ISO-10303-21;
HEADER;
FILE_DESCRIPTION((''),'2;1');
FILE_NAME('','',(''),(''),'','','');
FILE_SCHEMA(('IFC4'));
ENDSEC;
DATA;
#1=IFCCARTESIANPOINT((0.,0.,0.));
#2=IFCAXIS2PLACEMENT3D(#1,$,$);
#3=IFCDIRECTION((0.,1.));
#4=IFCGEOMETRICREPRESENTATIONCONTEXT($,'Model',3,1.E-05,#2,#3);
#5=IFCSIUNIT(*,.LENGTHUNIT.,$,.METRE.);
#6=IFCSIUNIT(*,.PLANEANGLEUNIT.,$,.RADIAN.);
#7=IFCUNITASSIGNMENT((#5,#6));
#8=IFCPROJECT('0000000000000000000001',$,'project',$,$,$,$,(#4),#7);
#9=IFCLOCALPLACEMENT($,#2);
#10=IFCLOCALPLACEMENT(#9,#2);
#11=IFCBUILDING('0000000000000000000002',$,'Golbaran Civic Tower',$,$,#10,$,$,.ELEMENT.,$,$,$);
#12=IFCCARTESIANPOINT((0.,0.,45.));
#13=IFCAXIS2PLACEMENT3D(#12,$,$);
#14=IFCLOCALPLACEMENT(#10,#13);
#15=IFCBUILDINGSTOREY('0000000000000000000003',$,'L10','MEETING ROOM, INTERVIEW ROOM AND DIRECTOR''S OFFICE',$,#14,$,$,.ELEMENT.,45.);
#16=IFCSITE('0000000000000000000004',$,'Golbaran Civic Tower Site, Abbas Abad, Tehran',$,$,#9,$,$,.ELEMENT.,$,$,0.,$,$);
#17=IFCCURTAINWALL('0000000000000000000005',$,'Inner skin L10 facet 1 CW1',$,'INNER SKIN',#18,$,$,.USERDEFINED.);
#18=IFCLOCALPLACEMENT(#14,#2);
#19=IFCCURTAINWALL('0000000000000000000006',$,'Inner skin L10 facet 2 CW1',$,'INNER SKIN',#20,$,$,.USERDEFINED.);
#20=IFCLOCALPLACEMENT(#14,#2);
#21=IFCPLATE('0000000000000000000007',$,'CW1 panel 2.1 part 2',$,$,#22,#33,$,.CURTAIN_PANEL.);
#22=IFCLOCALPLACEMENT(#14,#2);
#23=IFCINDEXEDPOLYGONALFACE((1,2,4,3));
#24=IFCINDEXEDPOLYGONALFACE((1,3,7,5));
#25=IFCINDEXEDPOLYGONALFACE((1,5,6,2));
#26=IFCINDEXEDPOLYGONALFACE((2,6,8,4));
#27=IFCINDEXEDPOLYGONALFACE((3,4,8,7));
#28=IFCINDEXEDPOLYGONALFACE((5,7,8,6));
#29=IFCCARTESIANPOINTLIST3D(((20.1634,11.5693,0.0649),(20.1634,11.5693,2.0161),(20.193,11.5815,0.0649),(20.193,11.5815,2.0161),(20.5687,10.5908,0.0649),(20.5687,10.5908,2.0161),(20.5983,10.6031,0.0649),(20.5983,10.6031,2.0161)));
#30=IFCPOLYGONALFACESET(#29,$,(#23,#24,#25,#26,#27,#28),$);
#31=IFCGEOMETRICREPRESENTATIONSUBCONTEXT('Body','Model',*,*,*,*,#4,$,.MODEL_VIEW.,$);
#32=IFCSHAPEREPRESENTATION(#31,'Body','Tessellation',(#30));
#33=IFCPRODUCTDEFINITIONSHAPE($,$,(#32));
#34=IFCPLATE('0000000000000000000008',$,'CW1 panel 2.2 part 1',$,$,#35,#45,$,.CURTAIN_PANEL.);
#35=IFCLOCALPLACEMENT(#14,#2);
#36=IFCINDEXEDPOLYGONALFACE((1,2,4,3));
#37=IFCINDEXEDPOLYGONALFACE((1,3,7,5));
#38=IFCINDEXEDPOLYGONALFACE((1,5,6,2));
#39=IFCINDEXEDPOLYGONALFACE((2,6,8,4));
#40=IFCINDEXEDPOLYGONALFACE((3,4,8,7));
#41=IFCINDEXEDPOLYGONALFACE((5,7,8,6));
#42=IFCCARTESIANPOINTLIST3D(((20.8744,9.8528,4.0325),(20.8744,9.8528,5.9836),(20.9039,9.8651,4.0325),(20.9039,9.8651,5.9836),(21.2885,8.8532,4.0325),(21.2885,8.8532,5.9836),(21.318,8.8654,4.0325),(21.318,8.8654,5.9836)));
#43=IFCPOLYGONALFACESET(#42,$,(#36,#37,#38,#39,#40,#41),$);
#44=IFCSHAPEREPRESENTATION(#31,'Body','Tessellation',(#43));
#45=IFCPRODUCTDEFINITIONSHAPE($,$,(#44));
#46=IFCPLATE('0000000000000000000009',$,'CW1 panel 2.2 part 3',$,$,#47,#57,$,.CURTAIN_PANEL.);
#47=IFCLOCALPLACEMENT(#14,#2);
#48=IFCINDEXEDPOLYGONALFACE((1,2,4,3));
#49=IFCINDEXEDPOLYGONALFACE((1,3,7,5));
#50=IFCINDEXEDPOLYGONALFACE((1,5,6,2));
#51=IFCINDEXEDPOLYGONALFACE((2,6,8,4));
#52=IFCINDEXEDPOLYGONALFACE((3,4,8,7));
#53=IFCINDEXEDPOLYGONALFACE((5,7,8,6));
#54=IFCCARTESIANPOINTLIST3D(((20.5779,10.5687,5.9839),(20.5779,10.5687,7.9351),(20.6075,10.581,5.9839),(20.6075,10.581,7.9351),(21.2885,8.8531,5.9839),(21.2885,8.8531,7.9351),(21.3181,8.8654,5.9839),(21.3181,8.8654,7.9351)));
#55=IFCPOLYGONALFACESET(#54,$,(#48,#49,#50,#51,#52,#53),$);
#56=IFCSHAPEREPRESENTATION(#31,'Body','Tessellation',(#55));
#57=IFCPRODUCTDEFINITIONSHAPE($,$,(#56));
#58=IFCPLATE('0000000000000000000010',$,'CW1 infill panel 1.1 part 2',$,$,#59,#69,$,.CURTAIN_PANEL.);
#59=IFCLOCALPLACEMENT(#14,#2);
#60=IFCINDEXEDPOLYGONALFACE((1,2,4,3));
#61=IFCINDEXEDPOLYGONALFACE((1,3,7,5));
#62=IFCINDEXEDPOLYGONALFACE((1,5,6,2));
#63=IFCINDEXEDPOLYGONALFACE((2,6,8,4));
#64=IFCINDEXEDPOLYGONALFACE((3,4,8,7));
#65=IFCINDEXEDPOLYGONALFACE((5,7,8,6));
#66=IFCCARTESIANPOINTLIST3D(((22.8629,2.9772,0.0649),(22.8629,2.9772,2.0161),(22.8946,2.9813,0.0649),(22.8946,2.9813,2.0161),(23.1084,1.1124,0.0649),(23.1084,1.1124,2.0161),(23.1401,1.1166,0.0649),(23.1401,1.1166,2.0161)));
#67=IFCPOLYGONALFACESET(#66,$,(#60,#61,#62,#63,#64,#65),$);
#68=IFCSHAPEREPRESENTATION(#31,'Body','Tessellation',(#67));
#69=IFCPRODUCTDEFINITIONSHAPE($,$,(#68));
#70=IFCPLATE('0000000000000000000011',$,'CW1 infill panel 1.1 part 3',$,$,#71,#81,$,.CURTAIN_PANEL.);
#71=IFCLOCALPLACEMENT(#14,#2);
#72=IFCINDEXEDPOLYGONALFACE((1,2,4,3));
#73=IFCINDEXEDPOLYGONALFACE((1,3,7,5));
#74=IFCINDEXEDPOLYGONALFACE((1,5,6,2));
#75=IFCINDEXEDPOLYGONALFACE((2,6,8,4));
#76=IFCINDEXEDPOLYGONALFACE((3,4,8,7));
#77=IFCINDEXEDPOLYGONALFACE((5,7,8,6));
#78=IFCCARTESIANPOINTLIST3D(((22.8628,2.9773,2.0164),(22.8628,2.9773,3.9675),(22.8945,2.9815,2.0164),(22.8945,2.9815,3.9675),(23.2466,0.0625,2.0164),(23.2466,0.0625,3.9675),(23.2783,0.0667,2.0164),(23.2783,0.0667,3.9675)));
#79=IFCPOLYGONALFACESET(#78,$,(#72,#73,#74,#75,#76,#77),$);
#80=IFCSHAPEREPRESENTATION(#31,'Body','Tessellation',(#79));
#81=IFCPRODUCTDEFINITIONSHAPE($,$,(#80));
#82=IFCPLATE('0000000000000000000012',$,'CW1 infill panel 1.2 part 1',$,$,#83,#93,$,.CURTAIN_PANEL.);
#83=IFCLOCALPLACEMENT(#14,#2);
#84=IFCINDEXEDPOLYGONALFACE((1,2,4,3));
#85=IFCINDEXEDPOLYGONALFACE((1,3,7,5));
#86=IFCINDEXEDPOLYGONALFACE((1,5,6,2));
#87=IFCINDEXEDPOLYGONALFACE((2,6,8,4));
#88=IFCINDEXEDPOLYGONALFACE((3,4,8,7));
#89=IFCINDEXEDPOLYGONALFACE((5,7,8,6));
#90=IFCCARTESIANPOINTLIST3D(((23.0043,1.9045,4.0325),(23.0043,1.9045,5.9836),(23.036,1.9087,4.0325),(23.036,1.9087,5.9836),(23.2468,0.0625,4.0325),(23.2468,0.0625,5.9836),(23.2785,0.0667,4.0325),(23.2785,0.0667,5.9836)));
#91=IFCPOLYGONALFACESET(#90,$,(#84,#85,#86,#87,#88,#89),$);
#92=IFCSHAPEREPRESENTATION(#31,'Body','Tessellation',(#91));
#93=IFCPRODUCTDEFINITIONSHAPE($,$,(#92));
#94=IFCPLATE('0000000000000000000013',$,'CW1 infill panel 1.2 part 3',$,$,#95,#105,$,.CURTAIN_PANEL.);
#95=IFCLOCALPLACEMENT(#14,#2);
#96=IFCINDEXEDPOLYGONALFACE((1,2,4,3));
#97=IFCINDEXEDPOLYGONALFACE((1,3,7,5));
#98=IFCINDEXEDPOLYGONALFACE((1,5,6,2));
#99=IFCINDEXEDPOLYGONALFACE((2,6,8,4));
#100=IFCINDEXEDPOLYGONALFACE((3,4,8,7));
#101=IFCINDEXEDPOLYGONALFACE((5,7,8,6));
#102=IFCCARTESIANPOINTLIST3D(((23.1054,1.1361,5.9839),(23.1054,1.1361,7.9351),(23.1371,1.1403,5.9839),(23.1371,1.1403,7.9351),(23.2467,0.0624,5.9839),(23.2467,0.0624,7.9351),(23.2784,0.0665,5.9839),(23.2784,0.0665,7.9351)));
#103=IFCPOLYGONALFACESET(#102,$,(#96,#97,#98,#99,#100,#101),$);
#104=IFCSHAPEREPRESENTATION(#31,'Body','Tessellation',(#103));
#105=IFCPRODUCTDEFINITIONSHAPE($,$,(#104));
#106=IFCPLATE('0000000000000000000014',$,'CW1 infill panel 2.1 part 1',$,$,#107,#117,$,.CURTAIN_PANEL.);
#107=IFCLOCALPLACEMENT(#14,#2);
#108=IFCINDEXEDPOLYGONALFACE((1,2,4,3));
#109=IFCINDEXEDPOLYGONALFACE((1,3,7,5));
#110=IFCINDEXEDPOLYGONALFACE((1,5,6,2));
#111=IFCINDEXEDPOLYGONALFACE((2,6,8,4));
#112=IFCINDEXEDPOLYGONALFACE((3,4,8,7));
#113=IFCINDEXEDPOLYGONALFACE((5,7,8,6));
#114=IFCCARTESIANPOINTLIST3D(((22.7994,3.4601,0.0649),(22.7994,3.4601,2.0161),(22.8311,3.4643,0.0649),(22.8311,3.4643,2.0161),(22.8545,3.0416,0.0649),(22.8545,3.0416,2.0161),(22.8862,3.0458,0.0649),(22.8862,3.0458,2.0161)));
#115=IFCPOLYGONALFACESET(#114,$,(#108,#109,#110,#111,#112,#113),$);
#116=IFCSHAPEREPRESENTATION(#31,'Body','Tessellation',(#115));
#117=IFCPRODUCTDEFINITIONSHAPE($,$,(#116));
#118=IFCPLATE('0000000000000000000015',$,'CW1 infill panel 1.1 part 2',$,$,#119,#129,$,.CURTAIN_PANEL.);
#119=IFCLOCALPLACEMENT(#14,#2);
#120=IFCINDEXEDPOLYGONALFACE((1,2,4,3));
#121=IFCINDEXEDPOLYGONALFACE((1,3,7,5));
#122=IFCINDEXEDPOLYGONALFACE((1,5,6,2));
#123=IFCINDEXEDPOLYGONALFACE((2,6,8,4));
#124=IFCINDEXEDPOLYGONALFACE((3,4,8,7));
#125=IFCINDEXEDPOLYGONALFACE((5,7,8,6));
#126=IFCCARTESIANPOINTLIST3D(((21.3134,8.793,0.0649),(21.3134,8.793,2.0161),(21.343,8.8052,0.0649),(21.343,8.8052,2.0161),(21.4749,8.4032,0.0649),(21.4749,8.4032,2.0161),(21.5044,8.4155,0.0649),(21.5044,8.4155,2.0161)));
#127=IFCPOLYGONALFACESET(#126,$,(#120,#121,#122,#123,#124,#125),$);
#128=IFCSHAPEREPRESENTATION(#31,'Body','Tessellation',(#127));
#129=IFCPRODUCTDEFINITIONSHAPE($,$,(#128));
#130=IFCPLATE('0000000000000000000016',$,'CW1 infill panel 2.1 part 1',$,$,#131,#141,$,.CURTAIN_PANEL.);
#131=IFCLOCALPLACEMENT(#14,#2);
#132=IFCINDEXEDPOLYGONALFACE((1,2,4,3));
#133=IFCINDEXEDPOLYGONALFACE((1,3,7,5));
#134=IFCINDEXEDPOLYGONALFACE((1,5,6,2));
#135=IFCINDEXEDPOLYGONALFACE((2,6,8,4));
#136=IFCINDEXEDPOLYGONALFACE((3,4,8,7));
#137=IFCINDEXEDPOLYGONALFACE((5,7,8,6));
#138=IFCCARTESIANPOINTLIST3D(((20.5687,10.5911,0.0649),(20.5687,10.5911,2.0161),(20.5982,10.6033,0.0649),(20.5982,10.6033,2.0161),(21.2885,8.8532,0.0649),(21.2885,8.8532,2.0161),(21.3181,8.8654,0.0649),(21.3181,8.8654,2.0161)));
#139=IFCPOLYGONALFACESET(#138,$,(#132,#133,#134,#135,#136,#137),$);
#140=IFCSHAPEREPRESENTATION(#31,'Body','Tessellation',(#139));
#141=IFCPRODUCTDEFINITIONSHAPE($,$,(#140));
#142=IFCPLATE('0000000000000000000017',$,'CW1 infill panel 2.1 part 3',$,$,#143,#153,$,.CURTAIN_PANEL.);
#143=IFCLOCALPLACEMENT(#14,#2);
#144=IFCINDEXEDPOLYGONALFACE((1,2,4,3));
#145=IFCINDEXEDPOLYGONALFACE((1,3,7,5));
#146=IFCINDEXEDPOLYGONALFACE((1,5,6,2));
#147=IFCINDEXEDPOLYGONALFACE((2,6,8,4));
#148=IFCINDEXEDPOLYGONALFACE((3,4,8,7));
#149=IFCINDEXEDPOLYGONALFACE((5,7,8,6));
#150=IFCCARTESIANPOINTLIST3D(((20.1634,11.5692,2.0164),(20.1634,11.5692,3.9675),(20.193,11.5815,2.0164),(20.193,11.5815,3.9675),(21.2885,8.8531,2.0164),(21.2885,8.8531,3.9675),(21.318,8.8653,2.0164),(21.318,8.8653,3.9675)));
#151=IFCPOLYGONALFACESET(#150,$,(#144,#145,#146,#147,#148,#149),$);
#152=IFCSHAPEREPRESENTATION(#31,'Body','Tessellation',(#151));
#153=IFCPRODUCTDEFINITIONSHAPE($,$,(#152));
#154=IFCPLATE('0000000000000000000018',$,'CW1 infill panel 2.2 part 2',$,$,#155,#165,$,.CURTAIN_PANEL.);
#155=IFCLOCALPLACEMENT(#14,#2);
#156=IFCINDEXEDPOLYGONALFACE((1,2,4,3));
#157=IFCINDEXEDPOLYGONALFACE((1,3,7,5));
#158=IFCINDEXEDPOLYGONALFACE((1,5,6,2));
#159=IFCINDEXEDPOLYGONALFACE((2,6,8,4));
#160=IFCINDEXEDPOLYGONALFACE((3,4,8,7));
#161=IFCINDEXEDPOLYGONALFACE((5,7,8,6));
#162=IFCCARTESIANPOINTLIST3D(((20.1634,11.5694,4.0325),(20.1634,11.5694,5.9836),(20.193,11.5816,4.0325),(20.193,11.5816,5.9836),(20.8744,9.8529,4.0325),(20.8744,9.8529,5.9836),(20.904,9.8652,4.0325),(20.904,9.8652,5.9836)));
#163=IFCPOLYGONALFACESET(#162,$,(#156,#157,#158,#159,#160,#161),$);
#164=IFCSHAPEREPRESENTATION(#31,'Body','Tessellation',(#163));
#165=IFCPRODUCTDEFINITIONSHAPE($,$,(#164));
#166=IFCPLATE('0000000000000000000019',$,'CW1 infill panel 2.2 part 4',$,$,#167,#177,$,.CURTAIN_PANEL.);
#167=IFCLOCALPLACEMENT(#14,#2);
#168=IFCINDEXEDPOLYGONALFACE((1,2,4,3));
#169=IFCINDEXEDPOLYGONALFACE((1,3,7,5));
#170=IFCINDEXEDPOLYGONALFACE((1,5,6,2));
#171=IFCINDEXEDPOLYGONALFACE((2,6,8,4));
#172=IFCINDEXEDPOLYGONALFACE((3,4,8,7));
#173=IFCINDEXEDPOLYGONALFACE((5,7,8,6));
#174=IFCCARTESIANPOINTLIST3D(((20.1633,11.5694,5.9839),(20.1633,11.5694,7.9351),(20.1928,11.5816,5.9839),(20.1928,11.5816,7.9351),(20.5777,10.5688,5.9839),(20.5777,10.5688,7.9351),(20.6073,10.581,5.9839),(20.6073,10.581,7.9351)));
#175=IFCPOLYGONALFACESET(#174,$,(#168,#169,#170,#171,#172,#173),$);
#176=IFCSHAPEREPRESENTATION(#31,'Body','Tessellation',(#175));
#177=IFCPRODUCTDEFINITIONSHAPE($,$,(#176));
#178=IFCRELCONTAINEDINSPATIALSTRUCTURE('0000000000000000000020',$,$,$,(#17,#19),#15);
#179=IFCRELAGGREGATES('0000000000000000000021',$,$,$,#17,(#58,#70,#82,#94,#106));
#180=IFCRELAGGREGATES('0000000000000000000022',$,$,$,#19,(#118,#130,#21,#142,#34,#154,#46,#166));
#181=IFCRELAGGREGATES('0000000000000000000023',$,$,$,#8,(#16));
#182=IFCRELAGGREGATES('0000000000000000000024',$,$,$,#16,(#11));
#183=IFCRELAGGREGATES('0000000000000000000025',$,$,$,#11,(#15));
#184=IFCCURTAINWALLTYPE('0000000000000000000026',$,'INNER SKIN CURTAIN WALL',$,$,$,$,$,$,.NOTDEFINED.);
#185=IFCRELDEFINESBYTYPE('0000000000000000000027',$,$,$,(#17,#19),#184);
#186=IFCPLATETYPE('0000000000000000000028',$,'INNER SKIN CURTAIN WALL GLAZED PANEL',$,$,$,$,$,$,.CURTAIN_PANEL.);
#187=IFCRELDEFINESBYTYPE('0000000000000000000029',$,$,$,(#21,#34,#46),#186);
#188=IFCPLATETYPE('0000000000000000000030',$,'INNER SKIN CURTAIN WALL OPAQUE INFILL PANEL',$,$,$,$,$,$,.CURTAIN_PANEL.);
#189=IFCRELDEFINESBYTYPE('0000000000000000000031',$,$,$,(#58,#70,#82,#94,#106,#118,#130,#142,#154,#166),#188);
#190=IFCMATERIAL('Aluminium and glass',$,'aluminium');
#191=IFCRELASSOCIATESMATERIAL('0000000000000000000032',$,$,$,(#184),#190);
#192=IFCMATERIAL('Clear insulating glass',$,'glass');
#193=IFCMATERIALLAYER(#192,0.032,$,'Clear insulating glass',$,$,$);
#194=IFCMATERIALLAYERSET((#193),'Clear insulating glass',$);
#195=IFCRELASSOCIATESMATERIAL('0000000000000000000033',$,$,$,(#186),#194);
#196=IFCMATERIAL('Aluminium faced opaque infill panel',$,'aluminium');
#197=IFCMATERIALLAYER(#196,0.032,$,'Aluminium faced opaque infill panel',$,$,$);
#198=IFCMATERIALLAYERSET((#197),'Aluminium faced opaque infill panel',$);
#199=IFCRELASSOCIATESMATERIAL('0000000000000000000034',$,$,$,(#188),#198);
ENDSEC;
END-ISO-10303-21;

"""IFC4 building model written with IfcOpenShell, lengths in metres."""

from ifc_helpers import new_model, si_unit, direction, frame, origin, origin_2d, place, context, subcontext, project, spatial, rectangle, extrude, material, layer, layer_set, type_object, element, aggregate, save


model = new_model("IFC4")

# Units and contexts
model_context = context("Model", 3, precision=1e-05, world=origin(), true_north=direction((0.0, 1.0)))
body_context = subcontext(model_context, "Body", "Model", "MODEL_VIEW")
ifc_project = project(units=[si_unit("LENGTHUNIT", "METRE"), si_unit("PLANEANGLEUNIT", "RADIAN")], contexts=[model_context])

# Site, building, storey
site_placement = place(None, origin())
site = spatial("IfcSite", under=ifc_project, at=site_placement, Name="Golbaran Civic Tower Site, Abbas Abad, Tehran", CompositionType="ELEMENT", RefElevation=0.0)
building_placement = place(site_placement, origin())
building = spatial("IfcBuilding", under=site, at=building_placement, Name="Golbaran Civic Tower", CompositionType="ELEMENT")
storey_placement = place(building_placement, frame((0.0, 0.0, 45.0)))
storey = spatial("IfcBuildingStorey", under=building, at=storey_placement, Name="L10", Description="MEETING ROOM, INTERVIEW ROOM AND DIRECTOR'S OFFICE", CompositionType="ELEMENT", Elevation=45.0)

# Curtain walls
ifc_material_1 = material(Name="Aluminium and glass", Category="aluminium")
curtain_wall_type = type_object("IfcCurtainWallType", Name="INNER SKIN CURTAIN WALL", PredefinedType="NOTDEFINED", material=ifc_material_1)
curtain_wall_1_placement = place(storey_placement, origin())
curtain_wall_1 = element("IfcCurtainWall", 1, at=curtain_wall_1_placement, inside=storey, type_object=curtain_wall_type, Name="Inner skin L10 facet 1 CW1", ObjectType="INNER SKIN", PredefinedType="USERDEFINED")
curtain_wall_2_placement = place(storey_placement, origin())
curtain_wall_2 = element("IfcCurtainWall", 2, at=curtain_wall_2_placement, inside=storey, type_object=curtain_wall_type, Name="Inner skin L10 facet 2 CW1", ObjectType="INNER SKIN", PredefinedType="USERDEFINED")

# Plates
ifc_material_2 = material(Name="Clear insulating glass", Category="glass")
ifc_layer_1 = layer(ifc_material_2, 0.032, Name="Clear insulating glass")
ifc_layer_set_1 = layer_set([ifc_layer_1], Name="Clear insulating glass")
plate_type_1 = type_object("IfcPlateType", Name="INNER SKIN CURTAIN WALL GLAZED PANEL", PredefinedType="CURTAIN_PANEL", material=ifc_layer_set_1)
plate_1_placement = place(storey_placement, frame((20.3809, 11.0862, 0.0649), z_axis=(0.0, 0.0, 1.0), x_axis=(-0.382683, 0.92388, 0.0)))
plate_1 = element("IfcPlate", 3, at=plate_1_placement, type_object=plate_type_1, Name="CW1 panel 2.1 part 2", PredefinedType="CURTAIN_PANEL", context=body_context, shape_type="SweptSolid", body=[
    extrude(rectangle(XDim=1.0591, YDim=0.032, at=origin_2d()), origin(), (0.0, 0.0, 1.0), 1.9512),
])
plate_2_placement = place(storey_placement, frame((21.0962, 9.3591, 4.0325), z_axis=(0.0, 0.0, 1.0), x_axis=(-0.382683, 0.92388, 0.0)))
plate_2 = element("IfcPlate", 4, at=plate_2_placement, type_object=plate_type_1, Name="CW1 panel 2.2 part 1", PredefinedType="CURTAIN_PANEL", context=body_context, shape_type="SweptSolid", body=[
    extrude(rectangle(XDim=1.082, YDim=0.032, at=origin_2d()), origin(), (0.0, 0.0, 1.0), 1.9512),
])
plate_3_placement = place(storey_placement, frame((20.948, 9.717, 5.9839), z_axis=(0.0, 0.0, 1.0), x_axis=(-0.382683, 0.92388, 0.0)))
plate_3 = element("IfcPlate", 5, at=plate_3_placement, type_object=plate_type_1, Name="CW1 panel 2.2 part 3", PredefinedType="CURTAIN_PANEL", context=body_context, shape_type="SweptSolid", body=[
    extrude(rectangle(XDim=1.8569, YDim=0.032, at=origin_2d()), origin(), (0.0, 0.0, 1.0), 1.9512),
])
ifc_material_3 = material(Name="Aluminium faced opaque infill panel", Category="aluminium")
ifc_layer_2 = layer(ifc_material_3, 0.032, Name="Aluminium faced opaque infill panel")
ifc_layer_set_2 = layer_set([ifc_layer_2], Name="Aluminium faced opaque infill panel")
plate_type_2 = type_object("IfcPlateType", Name="INNER SKIN CURTAIN WALL OPAQUE INFILL PANEL", PredefinedType="CURTAIN_PANEL", material=ifc_layer_set_2)
plate_4_placement = place(storey_placement, frame((23.0015, 2.0469, 0.0649), z_axis=(0.0, 0.0, 1.0), x_axis=(-0.130526, 0.991445, 0.0)))
plate_4 = element("IfcPlate", 6, at=plate_4_placement, type_object=plate_type_2, Name="CW1 infill panel 1.1 part 2", PredefinedType="CURTAIN_PANEL", context=body_context, shape_type="SweptSolid", body=[
    extrude(rectangle(XDim=1.8809, YDim=0.032, at=origin_2d()), origin(), (0.0, 0.0, 1.0), 1.9512),
])
plate_5_placement = place(storey_placement, frame((23.0706, 1.522, 2.0164), z_axis=(0.0, 0.0, 1.0), x_axis=(-0.130526, 0.991445, 0.0)))
plate_5 = element("IfcPlate", 7, at=plate_5_placement, type_object=plate_type_2, Name="CW1 infill panel 1.1 part 3", PredefinedType="CURTAIN_PANEL", context=body_context, shape_type="SweptSolid", body=[
    extrude(rectangle(XDim=2.9399, YDim=0.032, at=origin_2d()), origin(), (0.0, 0.0, 1.0), 1.9512),
])
plate_6_placement = place(storey_placement, frame((23.1414, 0.9856, 4.0325), z_axis=(0.0, 0.0, 1.0), x_axis=(-0.130526, 0.991445, 0.0)))
plate_6 = element("IfcPlate", 8, at=plate_6_placement, type_object=plate_type_2, Name="CW1 infill panel 1.2 part 1", PredefinedType="CURTAIN_PANEL", context=body_context, shape_type="SweptSolid", body=[
    extrude(rectangle(XDim=1.8579, YDim=0.032, at=origin_2d()), origin(), (0.0, 0.0, 1.0), 1.9512),
])
plate_7_placement = place(storey_placement, frame((23.1919, 0.6013, 5.9839), z_axis=(0.0, 0.0, 1.0), x_axis=(-0.130526, 0.991445, 0.0)))
plate_7 = element("IfcPlate", 9, at=plate_7_placement, type_object=plate_type_2, Name="CW1 infill panel 1.2 part 3", PredefinedType="CURTAIN_PANEL", context=body_context, shape_type="SweptSolid", body=[
    extrude(rectangle(XDim=1.083, YDim=0.032, at=origin_2d()), origin(), (0.0, 0.0, 1.0), 1.9512),
])
plate_8_placement = place(storey_placement, frame((22.8428, 3.2529, 0.0649), z_axis=(0.0, 0.0, 1.0), x_axis=(-0.130526, 0.991445, 0.0)))
plate_8 = element("IfcPlate", 10, at=plate_8_placement, type_object=plate_type_2, Name="CW1 infill panel 2.1 part 1", PredefinedType="CURTAIN_PANEL", context=body_context, shape_type="SweptSolid", body=[
    extrude(rectangle(XDim=0.4221, YDim=0.032, at=origin_2d()), origin(), (0.0, 0.0, 1.0), 1.9512),
])
aggregate(curtain_wall_1, [plate_4, plate_5, plate_6, plate_7, plate_8])
plate_9_placement = place(storey_placement, frame((21.4089, 8.6042, 0.0649), z_axis=(0.0, 0.0, 1.0), x_axis=(-0.382683, 0.92388, 0.0)))
plate_9 = element("IfcPlate", 11, at=plate_9_placement, type_object=plate_type_2, Name="CW1 infill panel 1.1 part 2", PredefinedType="CURTAIN_PANEL", context=body_context, shape_type="SweptSolid", body=[
    extrude(rectangle(XDim=0.4219, YDim=0.032, at=origin_2d()), origin(), (0.0, 0.0, 1.0), 1.9512),
])
plate_10_placement = place(storey_placement, frame((20.9434, 9.7283, 0.0649), z_axis=(0.0, 0.0, 1.0), x_axis=(-0.382683, 0.92388, 0.0)))
plate_10 = element("IfcPlate", 12, at=plate_10_placement, type_object=plate_type_2, Name="CW1 infill panel 2.1 part 1", PredefinedType="CURTAIN_PANEL", context=body_context, shape_type="SweptSolid", body=[
    extrude(rectangle(XDim=1.8811, YDim=0.032, at=origin_2d()), origin(), (0.0, 0.0, 1.0), 1.9512),
])
plate_11_placement = place(storey_placement, frame((20.7407, 10.2173, 2.0164), z_axis=(0.0, 0.0, 1.0), x_axis=(-0.382683, 0.92388, 0.0)))
plate_11 = element("IfcPlate", 13, at=plate_11_placement, type_object=plate_type_2, Name="CW1 infill panel 2.1 part 3", PredefinedType="CURTAIN_PANEL", context=body_context, shape_type="SweptSolid", body=[
    extrude(rectangle(XDim=2.9399, YDim=0.032, at=origin_2d()), origin(), (0.0, 0.0, 1.0), 1.9512),
])
plate_12_placement = place(storey_placement, frame((20.5337, 10.7173, 4.0325), z_axis=(0.0, 0.0, 1.0), x_axis=(-0.382683, 0.92388, 0.0)))
plate_12 = element("IfcPlate", 14, at=plate_12_placement, type_object=plate_type_2, Name="CW1 infill panel 2.2 part 2", PredefinedType="CURTAIN_PANEL", context=body_context, shape_type="SweptSolid", body=[
    extrude(rectangle(XDim=1.8579, YDim=0.032, at=origin_2d()), origin(), (0.0, 0.0, 1.0), 1.9512),
])
plate_13_placement = place(storey_placement, frame((20.3853, 11.0752, 5.9839), z_axis=(0.0, 0.0, 1.0), x_axis=(-0.382683, 0.92388, 0.0)))
plate_13 = element("IfcPlate", 15, at=plate_13_placement, type_object=plate_type_2, Name="CW1 infill panel 2.2 part 4", PredefinedType="CURTAIN_PANEL", context=body_context, shape_type="SweptSolid", body=[
    extrude(rectangle(XDim=1.083, YDim=0.032, at=origin_2d()), origin(), (0.0, 0.0, 1.0), 1.9512),
])
aggregate(curtain_wall_2, [plate_9, plate_10, plate_1, plate_11, plate_2, plate_12, plate_3, plate_13])

save(model, "model.ifc")
